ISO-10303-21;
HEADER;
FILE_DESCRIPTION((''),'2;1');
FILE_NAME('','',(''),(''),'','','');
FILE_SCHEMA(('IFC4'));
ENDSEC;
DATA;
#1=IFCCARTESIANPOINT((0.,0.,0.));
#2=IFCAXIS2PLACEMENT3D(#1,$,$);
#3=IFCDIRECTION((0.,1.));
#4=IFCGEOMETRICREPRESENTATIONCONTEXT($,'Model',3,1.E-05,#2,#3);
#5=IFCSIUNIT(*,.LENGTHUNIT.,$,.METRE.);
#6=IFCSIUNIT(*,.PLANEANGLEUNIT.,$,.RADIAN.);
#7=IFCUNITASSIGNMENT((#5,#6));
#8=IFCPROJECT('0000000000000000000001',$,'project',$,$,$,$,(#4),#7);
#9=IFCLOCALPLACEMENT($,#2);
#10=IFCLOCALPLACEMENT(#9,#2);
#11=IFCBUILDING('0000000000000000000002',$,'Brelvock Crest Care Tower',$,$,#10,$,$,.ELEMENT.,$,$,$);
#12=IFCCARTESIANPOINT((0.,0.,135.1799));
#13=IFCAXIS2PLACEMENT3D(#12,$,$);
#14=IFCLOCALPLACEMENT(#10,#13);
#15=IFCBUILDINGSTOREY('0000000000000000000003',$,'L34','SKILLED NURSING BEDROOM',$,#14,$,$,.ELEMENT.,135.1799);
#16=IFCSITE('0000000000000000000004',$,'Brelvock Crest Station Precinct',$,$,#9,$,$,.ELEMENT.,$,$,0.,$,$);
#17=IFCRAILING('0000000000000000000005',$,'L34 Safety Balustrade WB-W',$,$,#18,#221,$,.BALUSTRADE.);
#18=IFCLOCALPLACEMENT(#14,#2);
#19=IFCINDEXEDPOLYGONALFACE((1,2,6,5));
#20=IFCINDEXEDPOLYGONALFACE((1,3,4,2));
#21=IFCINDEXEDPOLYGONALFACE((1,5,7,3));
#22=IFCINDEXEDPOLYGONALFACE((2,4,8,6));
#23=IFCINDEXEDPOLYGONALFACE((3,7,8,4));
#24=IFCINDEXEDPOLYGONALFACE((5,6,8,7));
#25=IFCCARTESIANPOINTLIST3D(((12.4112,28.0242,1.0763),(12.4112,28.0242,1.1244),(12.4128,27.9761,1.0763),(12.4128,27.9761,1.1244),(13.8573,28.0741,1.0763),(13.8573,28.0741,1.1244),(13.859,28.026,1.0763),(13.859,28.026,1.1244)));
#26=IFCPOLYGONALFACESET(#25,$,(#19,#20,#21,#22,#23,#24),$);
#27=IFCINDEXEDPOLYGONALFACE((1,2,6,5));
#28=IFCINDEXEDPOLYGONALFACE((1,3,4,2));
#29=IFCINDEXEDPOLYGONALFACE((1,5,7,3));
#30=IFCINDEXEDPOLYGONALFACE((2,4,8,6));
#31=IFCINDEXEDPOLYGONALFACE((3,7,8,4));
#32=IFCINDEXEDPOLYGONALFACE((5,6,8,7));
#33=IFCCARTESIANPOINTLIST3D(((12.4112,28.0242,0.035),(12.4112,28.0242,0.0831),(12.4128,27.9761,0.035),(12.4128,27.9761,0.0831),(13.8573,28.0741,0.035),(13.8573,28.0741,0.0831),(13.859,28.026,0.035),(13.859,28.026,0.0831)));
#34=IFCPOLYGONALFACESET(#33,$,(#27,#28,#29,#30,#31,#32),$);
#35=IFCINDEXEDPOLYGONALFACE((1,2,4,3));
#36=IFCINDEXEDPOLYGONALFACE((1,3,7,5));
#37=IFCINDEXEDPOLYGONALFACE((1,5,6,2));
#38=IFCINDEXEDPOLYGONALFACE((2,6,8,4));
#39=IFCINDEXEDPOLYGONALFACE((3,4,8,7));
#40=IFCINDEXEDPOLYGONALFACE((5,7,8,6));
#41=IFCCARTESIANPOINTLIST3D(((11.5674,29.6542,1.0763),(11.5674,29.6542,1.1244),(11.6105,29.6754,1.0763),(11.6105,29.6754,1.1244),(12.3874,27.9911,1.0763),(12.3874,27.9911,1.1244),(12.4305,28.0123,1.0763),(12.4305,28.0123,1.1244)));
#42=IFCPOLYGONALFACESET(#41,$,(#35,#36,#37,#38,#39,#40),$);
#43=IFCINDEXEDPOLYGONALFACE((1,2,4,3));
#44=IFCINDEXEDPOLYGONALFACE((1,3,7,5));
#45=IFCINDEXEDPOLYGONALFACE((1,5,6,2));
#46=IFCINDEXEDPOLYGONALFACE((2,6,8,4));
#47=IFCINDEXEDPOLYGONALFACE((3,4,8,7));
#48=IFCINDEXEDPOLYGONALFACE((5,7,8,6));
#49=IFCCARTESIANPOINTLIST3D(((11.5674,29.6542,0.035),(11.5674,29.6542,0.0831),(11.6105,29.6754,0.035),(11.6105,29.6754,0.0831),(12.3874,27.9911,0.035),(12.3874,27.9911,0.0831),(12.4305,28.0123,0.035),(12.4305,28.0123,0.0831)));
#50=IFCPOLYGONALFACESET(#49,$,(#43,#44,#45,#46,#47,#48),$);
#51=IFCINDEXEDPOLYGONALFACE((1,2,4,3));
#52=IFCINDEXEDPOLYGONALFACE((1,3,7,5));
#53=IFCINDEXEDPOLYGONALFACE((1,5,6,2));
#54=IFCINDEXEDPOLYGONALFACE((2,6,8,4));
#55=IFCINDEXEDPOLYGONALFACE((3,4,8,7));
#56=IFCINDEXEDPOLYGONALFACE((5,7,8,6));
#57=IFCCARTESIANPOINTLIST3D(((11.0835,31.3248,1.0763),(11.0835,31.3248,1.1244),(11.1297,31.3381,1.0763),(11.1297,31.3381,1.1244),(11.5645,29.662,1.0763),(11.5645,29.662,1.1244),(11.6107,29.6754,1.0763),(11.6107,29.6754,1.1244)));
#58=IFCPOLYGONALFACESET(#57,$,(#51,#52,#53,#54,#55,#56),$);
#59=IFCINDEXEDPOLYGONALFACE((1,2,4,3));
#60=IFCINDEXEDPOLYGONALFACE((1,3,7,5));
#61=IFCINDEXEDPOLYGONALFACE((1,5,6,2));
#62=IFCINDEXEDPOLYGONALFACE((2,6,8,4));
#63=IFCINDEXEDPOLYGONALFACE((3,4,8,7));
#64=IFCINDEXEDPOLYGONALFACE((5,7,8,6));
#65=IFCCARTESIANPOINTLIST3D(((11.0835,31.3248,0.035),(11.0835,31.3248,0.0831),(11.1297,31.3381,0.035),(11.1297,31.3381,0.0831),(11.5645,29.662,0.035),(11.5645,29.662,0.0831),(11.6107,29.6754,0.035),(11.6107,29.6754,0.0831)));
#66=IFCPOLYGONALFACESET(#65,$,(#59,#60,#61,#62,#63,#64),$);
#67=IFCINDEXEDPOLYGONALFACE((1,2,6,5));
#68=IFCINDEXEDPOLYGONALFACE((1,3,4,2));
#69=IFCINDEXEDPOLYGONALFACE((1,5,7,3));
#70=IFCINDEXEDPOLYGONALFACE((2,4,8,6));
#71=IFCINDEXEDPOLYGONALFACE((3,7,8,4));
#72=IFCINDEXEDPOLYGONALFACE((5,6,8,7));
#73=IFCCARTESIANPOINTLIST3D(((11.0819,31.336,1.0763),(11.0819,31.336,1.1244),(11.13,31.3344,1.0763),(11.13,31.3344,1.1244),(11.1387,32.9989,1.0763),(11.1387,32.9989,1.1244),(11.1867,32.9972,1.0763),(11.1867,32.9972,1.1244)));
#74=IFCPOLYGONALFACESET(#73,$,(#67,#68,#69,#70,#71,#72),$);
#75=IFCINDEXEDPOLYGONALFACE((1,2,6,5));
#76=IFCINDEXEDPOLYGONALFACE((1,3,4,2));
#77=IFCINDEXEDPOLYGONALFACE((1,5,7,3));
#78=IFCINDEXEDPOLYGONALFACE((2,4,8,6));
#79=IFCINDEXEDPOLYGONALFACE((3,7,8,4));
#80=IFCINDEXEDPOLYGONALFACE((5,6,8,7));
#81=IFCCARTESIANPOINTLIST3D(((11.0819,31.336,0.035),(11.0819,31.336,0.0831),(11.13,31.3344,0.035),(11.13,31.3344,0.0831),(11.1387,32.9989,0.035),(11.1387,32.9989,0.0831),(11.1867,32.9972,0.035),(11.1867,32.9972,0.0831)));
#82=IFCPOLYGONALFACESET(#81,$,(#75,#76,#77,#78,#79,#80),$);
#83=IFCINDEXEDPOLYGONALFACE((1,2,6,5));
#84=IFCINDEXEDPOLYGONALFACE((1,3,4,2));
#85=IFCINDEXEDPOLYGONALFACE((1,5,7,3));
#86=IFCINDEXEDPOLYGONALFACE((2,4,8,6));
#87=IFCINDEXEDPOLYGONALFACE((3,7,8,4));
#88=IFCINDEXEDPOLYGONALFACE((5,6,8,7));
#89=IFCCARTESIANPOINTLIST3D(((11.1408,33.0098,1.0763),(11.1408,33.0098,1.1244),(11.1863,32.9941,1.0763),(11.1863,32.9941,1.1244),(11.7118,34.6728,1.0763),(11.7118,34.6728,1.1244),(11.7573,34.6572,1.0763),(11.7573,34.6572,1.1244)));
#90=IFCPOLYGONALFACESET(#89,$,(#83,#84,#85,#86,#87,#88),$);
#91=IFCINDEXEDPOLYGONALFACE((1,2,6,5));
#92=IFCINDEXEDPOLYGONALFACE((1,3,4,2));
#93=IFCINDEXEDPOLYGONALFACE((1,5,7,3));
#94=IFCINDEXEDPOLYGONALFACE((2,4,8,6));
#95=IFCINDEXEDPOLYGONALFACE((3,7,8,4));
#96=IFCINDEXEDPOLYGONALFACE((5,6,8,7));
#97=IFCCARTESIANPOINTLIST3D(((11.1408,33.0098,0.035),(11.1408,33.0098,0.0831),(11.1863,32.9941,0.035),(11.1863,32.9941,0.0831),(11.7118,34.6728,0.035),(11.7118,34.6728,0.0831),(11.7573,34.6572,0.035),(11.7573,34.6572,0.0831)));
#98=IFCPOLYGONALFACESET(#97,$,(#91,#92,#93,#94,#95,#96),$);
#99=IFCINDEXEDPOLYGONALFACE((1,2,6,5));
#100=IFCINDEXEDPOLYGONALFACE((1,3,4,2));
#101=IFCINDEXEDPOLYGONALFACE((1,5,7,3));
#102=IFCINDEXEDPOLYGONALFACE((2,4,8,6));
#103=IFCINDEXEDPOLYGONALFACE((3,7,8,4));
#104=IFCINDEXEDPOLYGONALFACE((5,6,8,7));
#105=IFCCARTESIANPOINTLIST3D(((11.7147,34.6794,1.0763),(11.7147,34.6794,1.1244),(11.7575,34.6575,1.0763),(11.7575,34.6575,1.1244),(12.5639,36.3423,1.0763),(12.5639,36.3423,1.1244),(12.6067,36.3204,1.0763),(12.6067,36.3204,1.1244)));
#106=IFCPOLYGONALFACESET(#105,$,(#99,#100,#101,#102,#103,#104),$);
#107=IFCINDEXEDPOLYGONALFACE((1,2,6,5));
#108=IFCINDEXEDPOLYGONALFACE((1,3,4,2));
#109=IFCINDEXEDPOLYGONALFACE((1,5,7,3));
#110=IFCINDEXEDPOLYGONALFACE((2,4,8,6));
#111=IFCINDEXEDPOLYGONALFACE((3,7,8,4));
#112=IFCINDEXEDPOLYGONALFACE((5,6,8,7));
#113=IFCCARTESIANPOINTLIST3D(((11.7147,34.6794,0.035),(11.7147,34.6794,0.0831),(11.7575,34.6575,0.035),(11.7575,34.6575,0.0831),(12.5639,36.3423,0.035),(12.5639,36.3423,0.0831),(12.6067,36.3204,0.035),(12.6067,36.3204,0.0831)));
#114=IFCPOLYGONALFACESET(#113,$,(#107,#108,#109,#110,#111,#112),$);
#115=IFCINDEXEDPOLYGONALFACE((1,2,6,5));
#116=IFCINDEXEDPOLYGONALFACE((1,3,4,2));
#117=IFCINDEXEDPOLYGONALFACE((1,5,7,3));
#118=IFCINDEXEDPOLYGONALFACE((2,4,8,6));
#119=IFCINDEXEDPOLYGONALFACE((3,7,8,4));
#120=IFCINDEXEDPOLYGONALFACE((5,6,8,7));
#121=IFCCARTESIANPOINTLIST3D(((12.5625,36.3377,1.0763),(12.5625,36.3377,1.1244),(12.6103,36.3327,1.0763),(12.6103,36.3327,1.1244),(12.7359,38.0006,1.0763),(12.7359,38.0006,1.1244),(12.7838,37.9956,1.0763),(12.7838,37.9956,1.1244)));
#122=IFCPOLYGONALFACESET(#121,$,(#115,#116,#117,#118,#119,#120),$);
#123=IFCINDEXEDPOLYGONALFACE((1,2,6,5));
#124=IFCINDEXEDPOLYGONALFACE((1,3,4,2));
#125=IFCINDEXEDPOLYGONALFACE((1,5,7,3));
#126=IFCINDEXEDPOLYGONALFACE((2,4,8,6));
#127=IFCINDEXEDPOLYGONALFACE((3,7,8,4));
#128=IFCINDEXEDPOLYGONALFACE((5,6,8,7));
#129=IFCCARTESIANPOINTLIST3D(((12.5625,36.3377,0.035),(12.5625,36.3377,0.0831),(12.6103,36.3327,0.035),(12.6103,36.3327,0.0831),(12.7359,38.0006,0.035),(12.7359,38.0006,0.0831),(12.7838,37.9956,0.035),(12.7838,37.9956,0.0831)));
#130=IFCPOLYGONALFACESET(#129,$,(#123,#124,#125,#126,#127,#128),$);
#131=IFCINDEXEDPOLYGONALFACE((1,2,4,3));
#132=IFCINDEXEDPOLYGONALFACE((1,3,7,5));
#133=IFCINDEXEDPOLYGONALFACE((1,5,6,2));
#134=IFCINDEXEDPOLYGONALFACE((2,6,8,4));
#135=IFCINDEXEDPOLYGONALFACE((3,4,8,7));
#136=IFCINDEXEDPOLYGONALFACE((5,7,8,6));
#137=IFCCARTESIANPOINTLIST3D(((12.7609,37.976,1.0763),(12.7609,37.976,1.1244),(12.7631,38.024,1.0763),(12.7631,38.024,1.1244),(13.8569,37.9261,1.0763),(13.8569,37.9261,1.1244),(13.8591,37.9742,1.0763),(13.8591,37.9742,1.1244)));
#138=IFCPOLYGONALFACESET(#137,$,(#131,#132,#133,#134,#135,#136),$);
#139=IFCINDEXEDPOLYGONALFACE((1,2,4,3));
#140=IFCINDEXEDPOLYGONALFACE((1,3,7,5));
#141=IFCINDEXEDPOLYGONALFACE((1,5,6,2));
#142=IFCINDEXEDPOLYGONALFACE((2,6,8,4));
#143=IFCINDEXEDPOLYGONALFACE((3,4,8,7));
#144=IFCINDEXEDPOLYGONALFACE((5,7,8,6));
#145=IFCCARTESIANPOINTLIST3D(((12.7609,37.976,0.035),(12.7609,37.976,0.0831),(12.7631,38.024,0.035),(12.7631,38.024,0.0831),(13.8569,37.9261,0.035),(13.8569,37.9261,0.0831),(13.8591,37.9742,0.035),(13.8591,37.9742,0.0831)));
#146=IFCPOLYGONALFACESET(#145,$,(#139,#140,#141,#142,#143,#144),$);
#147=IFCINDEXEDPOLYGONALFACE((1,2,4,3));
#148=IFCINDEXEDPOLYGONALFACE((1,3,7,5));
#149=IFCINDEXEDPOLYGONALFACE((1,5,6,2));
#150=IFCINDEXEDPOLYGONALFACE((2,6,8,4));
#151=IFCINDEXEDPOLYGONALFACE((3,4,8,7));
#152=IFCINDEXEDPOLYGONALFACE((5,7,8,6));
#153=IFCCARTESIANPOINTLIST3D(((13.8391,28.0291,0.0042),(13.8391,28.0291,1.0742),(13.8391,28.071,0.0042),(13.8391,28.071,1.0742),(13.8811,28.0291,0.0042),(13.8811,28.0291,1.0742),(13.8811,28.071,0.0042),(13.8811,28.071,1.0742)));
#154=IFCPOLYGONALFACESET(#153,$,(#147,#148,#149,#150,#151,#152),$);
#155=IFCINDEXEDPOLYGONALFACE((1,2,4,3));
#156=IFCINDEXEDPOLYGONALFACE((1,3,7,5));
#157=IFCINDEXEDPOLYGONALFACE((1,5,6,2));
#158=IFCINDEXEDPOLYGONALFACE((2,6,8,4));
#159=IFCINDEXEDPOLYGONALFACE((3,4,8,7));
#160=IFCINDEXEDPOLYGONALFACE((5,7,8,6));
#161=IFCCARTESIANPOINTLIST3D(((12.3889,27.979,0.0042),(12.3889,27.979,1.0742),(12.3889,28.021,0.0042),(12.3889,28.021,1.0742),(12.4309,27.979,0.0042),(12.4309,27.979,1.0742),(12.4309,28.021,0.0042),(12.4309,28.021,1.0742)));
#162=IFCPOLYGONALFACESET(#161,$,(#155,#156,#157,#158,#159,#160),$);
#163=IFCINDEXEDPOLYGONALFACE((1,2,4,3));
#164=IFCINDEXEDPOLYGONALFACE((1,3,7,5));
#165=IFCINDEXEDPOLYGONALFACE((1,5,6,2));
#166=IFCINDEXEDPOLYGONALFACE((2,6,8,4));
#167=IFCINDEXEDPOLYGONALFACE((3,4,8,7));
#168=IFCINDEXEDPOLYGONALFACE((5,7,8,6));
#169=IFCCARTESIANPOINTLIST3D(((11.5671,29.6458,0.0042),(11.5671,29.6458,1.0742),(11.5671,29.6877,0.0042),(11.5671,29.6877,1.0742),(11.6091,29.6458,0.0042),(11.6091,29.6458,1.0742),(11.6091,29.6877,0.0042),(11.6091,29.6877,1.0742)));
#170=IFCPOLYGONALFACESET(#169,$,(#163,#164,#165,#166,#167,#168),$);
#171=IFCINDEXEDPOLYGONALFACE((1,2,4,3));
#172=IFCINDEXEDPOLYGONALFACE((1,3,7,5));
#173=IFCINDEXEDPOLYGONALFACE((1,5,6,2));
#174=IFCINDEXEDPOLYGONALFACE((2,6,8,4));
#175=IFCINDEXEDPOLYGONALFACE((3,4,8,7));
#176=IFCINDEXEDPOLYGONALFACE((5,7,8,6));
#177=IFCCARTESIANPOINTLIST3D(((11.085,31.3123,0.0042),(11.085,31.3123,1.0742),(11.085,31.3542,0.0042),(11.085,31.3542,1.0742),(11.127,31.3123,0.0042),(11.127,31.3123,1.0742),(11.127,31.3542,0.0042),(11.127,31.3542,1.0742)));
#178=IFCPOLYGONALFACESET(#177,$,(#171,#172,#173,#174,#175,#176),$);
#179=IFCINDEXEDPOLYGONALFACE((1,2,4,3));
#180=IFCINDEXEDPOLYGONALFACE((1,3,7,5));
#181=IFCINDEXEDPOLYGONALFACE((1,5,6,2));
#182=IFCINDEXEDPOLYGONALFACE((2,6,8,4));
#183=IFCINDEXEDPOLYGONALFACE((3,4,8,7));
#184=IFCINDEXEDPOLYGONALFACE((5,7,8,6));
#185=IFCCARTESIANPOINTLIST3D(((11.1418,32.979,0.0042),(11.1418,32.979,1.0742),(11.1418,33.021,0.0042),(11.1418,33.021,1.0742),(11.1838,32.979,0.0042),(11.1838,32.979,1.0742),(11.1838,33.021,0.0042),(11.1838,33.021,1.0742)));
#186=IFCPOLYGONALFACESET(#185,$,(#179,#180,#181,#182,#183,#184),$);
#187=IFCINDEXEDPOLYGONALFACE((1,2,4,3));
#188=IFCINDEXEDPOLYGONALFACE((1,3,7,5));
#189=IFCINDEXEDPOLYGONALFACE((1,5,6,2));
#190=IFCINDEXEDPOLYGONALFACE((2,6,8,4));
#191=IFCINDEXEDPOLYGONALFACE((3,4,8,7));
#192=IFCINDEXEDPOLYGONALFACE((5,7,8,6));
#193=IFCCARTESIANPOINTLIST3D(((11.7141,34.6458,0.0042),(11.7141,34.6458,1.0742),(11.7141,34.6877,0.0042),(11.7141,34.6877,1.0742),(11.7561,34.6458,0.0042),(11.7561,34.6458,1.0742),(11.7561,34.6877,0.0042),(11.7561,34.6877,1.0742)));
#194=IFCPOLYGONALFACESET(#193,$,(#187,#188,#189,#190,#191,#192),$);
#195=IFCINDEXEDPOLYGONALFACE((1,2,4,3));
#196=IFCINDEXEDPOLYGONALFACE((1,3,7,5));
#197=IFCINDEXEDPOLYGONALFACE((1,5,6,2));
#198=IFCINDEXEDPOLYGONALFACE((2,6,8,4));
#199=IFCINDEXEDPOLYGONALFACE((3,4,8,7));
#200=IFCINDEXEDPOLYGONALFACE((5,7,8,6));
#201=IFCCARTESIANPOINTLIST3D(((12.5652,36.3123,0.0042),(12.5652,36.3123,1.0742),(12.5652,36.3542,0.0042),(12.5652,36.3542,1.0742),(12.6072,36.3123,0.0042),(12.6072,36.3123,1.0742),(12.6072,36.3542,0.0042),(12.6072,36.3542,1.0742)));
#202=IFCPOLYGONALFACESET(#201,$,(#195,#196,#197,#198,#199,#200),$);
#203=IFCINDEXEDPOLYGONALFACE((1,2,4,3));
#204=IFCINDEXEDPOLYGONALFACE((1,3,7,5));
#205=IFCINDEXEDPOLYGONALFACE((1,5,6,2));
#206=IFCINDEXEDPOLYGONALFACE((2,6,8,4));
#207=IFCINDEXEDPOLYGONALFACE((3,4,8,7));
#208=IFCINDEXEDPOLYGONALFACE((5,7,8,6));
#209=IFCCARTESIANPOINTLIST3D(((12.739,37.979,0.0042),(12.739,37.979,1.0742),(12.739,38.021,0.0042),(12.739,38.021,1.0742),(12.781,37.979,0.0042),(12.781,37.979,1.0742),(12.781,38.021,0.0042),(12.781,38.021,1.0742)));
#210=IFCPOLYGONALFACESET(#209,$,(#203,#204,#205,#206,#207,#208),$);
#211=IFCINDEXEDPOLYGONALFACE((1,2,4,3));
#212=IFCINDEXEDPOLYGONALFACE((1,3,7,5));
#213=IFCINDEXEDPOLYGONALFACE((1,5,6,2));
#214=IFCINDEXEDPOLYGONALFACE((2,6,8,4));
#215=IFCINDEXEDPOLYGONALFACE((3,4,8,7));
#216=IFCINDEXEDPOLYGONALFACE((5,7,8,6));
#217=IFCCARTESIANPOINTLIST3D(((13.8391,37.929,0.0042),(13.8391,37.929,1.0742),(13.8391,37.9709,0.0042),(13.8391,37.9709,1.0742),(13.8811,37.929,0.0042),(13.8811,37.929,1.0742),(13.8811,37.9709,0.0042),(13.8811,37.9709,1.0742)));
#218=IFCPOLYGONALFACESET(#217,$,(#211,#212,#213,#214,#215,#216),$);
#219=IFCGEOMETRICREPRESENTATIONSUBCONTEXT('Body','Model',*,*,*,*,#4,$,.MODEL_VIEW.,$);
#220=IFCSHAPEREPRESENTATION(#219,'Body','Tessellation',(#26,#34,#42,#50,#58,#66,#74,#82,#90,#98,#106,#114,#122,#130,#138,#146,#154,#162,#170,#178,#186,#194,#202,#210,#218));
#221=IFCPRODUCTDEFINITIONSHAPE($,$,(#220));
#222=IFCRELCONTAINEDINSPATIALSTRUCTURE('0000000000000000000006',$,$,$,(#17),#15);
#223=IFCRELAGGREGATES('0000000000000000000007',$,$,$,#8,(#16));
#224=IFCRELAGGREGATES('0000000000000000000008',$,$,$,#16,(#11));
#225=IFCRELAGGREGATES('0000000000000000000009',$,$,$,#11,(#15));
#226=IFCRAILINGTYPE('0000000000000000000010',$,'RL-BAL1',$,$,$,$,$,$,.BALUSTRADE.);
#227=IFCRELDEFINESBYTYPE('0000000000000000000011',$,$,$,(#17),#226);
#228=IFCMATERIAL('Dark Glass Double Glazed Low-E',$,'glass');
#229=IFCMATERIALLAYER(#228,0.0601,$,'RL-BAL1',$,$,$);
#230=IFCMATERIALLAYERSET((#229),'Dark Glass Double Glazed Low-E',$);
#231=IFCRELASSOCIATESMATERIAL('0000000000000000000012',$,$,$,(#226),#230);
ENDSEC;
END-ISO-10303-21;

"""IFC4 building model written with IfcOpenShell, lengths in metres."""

from ifc_helpers import new_model, si_unit, direction, frame, origin, origin_2d, place, context, subcontext, project, spatial, rectangle, extrude, material, layer, layer_set, type_object, element, save


model = new_model("IFC4")

# Units and contexts
model_context = context("Model", 3, precision=1e-05, world=origin(), true_north=direction((0.0, 1.0)))
body_context = subcontext(model_context, "Body", "Model", "MODEL_VIEW")
ifc_project = project(units=[si_unit("LENGTHUNIT", "METRE"), si_unit("PLANEANGLEUNIT", "RADIAN")], contexts=[model_context])

# Site, building, storey
site_placement = place(None, origin())
site = spatial("IfcSite", under=ifc_project, at=site_placement, Name="Brelvock Crest Station Precinct", CompositionType="ELEMENT", RefElevation=0.0)
building_placement = place(site_placement, origin())
building = spatial("IfcBuilding", under=site, at=building_placement, Name="Brelvock Crest Care Tower", CompositionType="ELEMENT")
storey_placement = place(building_placement, frame((0.0, 0.0, 135.1799)))
storey = spatial("IfcBuildingStorey", under=building, at=storey_placement, Name="L34", Description="SKILLED NURSING BEDROOM", CompositionType="ELEMENT", Elevation=135.1799)

# Shared definitions
ifc_material_1 = material(Name="Dark Glass Double Glazed Low-E", Category="glass")

# Railing
ifc_layer_1 = layer(ifc_material_1, 0.0601, Name="RL-BAL1")
ifc_layer_set_1 = layer_set([ifc_layer_1], Name="Dark Glass Double Glazed Low-E")
railing_type = type_object("IfcRailingType", Name="RL-BAL1", PredefinedType="BALUSTRADE", material=ifc_layer_set_1)
railing_placement = place(storey_placement, frame((13.8601, 28.05, 0.0042)))
element("IfcRailing", 1, at=railing_placement, inside=storey, type_object=railing_type, Name="L34 Safety Balustrade WB-W", PredefinedType="BALUSTRADE", context=body_context, shape_type="SweptSolid", body=[
    extrude(rectangle(XDim=0.0481, YDim=0.0481, at=origin_2d()), frame((-0.002, 0.0, 1.0962), z_axis=(-0.999405, -0.034491, 0.0), x_axis=(0.034491, -0.999405, 0.0)), (0.0, 0.0, 1.0), 1.447),
    extrude(rectangle(XDim=0.0481, YDim=0.0481, at=origin_2d()), frame((-0.002, 0.0, 0.0549), z_axis=(-0.999405, -0.034491, 0.0), x_axis=(0.034491, -0.999405, 0.0)), (0.0, 0.0, 1.0), 1.447),
    extrude(rectangle(XDim=0.0481, YDim=0.0481, at=origin_2d()), frame((-1.4512, -0.0483, 1.0962), z_axis=(-0.442214, 0.896909, 0.0), x_axis=(-0.896909, -0.442214, 0.0)), (0.0, 0.0, 1.0), 1.8542),
    extrude(rectangle(XDim=0.0481, YDim=0.0481, at=origin_2d()), frame((-1.4512, -0.0483, 0.0549), z_axis=(-0.442214, 0.896909, 0.0), x_axis=(-0.896909, -0.442214, 0.0)), (0.0, 0.0, 1.0), 1.8542),
    extrude(rectangle(XDim=0.0481, YDim=0.0481, at=origin_2d()), frame((-2.2725, 1.6187, 1.0962), z_axis=(-0.277935, 0.9606, 0.0), x_axis=(-0.9606, -0.277935, 0.0)), (0.0, 0.0, 1.0), 1.731),
    extrude(rectangle(XDim=0.0481, YDim=0.0481, at=origin_2d()), frame((-2.2725, 1.6187, 0.0549), z_axis=(-0.277935, 0.9606, 0.0), x_axis=(-0.9606, -0.277935, 0.0)), (0.0, 0.0, 1.0), 1.731),
    extrude(rectangle(XDim=0.0481, YDim=0.0481, at=origin_2d()), frame((-2.7542, 3.2852, 1.0962), z_axis=(0.034109, 0.999418, 0.0), x_axis=(-0.999418, 0.034109, 0.0)), (0.0, 0.0, 1.0), 1.6638),
    extrude(rectangle(XDim=0.0481, YDim=0.0481, at=origin_2d()), frame((-2.7542, 3.2852, 0.0549), z_axis=(0.034109, 0.999418, 0.0), x_axis=(-0.999418, 0.034109, 0.0)), (0.0, 0.0, 1.0), 1.6638),
    extrude(rectangle(XDim=0.0481, YDim=0.0481, at=origin_2d()), frame((-2.6965, 4.9519, 1.0962), z_axis=(0.324735, 0.945805, 0.0), x_axis=(-0.945805, 0.324735, 0.0)), (0.0, 0.0, 1.0), 1.7583),
    extrude(rectangle(XDim=0.0481, YDim=0.0481, at=origin_2d()), frame((-2.6965, 4.9519, 0.0549), z_axis=(0.324735, 0.945805, 0.0), x_axis=(-0.945805, 0.324735, 0.0)), (0.0, 0.0, 1.0), 1.7583),
    extrude(rectangle(XDim=0.0481, YDim=0.0481, at=origin_2d()), frame((-2.124, 6.6184, 1.0962), z_axis=(0.454817, 0.890585, 0.0), x_axis=(-0.890585, 0.454817, 0.0)), (0.0, 0.0, 1.0), 1.8672),
    extrude(rectangle(XDim=0.0481, YDim=0.0481, at=origin_2d()), frame((-2.124, 6.6184, 0.0549), z_axis=(0.454817, 0.890585, 0.0), x_axis=(-0.890585, 0.454817, 0.0)), (0.0, 0.0, 1.0), 1.8672),
    extrude(rectangle(XDim=0.0481, YDim=0.0481, at=origin_2d()), frame((-1.2737, 8.2852, 1.0962), z_axis=(0.103729, 0.994606, 0.0), x_axis=(-0.994606, 0.103729, 0.0)), (0.0, 0.0, 1.0), 1.6719),
    extrude(rectangle(XDim=0.0481, YDim=0.0481, at=origin_2d()), frame((-1.2737, 8.2852, 0.0549), z_axis=(0.103729, 0.994606, 0.0), x_axis=(-0.994606, 0.103729, 0.0)), (0.0, 0.0, 1.0), 1.6719),
    extrude(rectangle(XDim=0.0481, YDim=0.0481, at=origin_2d()), frame((-1.0981, 9.95, 1.0962), z_axis=(0.998967, -0.045448, 0.0), x_axis=(0.045448, 0.998967, 0.0)), (0.0, 0.0, 1.0), 1.0972),
    extrude(rectangle(XDim=0.0481, YDim=0.0481, at=origin_2d()), frame((-1.0981, 9.95, 0.0549), z_axis=(0.998967, -0.045448, 0.0), x_axis=(0.045448, 0.998967, 0.0)), (0.0, 0.0, 1.0), 1.0972),
    extrude(rectangle(XDim=0.042, YDim=0.042, at=origin_2d()), origin(), (0.0, 0.0, 1.0), 1.0701),
    extrude(rectangle(XDim=0.042, YDim=0.042, at=origin_2d()), frame((-1.4502, -0.05, 0.0)), (0.0, 0.0, 1.0), 1.0701),
    extrude(rectangle(XDim=0.042, YDim=0.042, at=origin_2d()), frame((-2.272, 1.6167, 0.0)), (0.0, 0.0, 1.0), 1.0701),
    extrude(rectangle(XDim=0.042, YDim=0.042, at=origin_2d()), frame((-2.7542, 3.2832, 0.0)), (0.0, 0.0, 1.0), 1.0701),
    extrude(rectangle(XDim=0.042, YDim=0.042, at=origin_2d()), frame((-2.6973, 4.95, 0.0)), (0.0, 0.0, 1.0), 1.0701),
    extrude(rectangle(XDim=0.042, YDim=0.042, at=origin_2d()), frame((-2.125, 6.6167, 0.0)), (0.0, 0.0, 1.0), 1.0701),
    extrude(rectangle(XDim=0.042, YDim=0.042, at=origin_2d()), frame((-1.2739, 8.2832, 0.0)), (0.0, 0.0, 1.0), 1.0701),
    extrude(rectangle(XDim=0.042, YDim=0.042, at=origin_2d()), frame((-1.1001, 9.95, 0.0)), (0.0, 0.0, 1.0), 1.0701),
    extrude(rectangle(XDim=0.042, YDim=0.042, at=origin_2d()), frame((0.0, 9.8999, 0.0)), (0.0, 0.0, 1.0), 1.0701),
])

save(model, "model.ifc")
